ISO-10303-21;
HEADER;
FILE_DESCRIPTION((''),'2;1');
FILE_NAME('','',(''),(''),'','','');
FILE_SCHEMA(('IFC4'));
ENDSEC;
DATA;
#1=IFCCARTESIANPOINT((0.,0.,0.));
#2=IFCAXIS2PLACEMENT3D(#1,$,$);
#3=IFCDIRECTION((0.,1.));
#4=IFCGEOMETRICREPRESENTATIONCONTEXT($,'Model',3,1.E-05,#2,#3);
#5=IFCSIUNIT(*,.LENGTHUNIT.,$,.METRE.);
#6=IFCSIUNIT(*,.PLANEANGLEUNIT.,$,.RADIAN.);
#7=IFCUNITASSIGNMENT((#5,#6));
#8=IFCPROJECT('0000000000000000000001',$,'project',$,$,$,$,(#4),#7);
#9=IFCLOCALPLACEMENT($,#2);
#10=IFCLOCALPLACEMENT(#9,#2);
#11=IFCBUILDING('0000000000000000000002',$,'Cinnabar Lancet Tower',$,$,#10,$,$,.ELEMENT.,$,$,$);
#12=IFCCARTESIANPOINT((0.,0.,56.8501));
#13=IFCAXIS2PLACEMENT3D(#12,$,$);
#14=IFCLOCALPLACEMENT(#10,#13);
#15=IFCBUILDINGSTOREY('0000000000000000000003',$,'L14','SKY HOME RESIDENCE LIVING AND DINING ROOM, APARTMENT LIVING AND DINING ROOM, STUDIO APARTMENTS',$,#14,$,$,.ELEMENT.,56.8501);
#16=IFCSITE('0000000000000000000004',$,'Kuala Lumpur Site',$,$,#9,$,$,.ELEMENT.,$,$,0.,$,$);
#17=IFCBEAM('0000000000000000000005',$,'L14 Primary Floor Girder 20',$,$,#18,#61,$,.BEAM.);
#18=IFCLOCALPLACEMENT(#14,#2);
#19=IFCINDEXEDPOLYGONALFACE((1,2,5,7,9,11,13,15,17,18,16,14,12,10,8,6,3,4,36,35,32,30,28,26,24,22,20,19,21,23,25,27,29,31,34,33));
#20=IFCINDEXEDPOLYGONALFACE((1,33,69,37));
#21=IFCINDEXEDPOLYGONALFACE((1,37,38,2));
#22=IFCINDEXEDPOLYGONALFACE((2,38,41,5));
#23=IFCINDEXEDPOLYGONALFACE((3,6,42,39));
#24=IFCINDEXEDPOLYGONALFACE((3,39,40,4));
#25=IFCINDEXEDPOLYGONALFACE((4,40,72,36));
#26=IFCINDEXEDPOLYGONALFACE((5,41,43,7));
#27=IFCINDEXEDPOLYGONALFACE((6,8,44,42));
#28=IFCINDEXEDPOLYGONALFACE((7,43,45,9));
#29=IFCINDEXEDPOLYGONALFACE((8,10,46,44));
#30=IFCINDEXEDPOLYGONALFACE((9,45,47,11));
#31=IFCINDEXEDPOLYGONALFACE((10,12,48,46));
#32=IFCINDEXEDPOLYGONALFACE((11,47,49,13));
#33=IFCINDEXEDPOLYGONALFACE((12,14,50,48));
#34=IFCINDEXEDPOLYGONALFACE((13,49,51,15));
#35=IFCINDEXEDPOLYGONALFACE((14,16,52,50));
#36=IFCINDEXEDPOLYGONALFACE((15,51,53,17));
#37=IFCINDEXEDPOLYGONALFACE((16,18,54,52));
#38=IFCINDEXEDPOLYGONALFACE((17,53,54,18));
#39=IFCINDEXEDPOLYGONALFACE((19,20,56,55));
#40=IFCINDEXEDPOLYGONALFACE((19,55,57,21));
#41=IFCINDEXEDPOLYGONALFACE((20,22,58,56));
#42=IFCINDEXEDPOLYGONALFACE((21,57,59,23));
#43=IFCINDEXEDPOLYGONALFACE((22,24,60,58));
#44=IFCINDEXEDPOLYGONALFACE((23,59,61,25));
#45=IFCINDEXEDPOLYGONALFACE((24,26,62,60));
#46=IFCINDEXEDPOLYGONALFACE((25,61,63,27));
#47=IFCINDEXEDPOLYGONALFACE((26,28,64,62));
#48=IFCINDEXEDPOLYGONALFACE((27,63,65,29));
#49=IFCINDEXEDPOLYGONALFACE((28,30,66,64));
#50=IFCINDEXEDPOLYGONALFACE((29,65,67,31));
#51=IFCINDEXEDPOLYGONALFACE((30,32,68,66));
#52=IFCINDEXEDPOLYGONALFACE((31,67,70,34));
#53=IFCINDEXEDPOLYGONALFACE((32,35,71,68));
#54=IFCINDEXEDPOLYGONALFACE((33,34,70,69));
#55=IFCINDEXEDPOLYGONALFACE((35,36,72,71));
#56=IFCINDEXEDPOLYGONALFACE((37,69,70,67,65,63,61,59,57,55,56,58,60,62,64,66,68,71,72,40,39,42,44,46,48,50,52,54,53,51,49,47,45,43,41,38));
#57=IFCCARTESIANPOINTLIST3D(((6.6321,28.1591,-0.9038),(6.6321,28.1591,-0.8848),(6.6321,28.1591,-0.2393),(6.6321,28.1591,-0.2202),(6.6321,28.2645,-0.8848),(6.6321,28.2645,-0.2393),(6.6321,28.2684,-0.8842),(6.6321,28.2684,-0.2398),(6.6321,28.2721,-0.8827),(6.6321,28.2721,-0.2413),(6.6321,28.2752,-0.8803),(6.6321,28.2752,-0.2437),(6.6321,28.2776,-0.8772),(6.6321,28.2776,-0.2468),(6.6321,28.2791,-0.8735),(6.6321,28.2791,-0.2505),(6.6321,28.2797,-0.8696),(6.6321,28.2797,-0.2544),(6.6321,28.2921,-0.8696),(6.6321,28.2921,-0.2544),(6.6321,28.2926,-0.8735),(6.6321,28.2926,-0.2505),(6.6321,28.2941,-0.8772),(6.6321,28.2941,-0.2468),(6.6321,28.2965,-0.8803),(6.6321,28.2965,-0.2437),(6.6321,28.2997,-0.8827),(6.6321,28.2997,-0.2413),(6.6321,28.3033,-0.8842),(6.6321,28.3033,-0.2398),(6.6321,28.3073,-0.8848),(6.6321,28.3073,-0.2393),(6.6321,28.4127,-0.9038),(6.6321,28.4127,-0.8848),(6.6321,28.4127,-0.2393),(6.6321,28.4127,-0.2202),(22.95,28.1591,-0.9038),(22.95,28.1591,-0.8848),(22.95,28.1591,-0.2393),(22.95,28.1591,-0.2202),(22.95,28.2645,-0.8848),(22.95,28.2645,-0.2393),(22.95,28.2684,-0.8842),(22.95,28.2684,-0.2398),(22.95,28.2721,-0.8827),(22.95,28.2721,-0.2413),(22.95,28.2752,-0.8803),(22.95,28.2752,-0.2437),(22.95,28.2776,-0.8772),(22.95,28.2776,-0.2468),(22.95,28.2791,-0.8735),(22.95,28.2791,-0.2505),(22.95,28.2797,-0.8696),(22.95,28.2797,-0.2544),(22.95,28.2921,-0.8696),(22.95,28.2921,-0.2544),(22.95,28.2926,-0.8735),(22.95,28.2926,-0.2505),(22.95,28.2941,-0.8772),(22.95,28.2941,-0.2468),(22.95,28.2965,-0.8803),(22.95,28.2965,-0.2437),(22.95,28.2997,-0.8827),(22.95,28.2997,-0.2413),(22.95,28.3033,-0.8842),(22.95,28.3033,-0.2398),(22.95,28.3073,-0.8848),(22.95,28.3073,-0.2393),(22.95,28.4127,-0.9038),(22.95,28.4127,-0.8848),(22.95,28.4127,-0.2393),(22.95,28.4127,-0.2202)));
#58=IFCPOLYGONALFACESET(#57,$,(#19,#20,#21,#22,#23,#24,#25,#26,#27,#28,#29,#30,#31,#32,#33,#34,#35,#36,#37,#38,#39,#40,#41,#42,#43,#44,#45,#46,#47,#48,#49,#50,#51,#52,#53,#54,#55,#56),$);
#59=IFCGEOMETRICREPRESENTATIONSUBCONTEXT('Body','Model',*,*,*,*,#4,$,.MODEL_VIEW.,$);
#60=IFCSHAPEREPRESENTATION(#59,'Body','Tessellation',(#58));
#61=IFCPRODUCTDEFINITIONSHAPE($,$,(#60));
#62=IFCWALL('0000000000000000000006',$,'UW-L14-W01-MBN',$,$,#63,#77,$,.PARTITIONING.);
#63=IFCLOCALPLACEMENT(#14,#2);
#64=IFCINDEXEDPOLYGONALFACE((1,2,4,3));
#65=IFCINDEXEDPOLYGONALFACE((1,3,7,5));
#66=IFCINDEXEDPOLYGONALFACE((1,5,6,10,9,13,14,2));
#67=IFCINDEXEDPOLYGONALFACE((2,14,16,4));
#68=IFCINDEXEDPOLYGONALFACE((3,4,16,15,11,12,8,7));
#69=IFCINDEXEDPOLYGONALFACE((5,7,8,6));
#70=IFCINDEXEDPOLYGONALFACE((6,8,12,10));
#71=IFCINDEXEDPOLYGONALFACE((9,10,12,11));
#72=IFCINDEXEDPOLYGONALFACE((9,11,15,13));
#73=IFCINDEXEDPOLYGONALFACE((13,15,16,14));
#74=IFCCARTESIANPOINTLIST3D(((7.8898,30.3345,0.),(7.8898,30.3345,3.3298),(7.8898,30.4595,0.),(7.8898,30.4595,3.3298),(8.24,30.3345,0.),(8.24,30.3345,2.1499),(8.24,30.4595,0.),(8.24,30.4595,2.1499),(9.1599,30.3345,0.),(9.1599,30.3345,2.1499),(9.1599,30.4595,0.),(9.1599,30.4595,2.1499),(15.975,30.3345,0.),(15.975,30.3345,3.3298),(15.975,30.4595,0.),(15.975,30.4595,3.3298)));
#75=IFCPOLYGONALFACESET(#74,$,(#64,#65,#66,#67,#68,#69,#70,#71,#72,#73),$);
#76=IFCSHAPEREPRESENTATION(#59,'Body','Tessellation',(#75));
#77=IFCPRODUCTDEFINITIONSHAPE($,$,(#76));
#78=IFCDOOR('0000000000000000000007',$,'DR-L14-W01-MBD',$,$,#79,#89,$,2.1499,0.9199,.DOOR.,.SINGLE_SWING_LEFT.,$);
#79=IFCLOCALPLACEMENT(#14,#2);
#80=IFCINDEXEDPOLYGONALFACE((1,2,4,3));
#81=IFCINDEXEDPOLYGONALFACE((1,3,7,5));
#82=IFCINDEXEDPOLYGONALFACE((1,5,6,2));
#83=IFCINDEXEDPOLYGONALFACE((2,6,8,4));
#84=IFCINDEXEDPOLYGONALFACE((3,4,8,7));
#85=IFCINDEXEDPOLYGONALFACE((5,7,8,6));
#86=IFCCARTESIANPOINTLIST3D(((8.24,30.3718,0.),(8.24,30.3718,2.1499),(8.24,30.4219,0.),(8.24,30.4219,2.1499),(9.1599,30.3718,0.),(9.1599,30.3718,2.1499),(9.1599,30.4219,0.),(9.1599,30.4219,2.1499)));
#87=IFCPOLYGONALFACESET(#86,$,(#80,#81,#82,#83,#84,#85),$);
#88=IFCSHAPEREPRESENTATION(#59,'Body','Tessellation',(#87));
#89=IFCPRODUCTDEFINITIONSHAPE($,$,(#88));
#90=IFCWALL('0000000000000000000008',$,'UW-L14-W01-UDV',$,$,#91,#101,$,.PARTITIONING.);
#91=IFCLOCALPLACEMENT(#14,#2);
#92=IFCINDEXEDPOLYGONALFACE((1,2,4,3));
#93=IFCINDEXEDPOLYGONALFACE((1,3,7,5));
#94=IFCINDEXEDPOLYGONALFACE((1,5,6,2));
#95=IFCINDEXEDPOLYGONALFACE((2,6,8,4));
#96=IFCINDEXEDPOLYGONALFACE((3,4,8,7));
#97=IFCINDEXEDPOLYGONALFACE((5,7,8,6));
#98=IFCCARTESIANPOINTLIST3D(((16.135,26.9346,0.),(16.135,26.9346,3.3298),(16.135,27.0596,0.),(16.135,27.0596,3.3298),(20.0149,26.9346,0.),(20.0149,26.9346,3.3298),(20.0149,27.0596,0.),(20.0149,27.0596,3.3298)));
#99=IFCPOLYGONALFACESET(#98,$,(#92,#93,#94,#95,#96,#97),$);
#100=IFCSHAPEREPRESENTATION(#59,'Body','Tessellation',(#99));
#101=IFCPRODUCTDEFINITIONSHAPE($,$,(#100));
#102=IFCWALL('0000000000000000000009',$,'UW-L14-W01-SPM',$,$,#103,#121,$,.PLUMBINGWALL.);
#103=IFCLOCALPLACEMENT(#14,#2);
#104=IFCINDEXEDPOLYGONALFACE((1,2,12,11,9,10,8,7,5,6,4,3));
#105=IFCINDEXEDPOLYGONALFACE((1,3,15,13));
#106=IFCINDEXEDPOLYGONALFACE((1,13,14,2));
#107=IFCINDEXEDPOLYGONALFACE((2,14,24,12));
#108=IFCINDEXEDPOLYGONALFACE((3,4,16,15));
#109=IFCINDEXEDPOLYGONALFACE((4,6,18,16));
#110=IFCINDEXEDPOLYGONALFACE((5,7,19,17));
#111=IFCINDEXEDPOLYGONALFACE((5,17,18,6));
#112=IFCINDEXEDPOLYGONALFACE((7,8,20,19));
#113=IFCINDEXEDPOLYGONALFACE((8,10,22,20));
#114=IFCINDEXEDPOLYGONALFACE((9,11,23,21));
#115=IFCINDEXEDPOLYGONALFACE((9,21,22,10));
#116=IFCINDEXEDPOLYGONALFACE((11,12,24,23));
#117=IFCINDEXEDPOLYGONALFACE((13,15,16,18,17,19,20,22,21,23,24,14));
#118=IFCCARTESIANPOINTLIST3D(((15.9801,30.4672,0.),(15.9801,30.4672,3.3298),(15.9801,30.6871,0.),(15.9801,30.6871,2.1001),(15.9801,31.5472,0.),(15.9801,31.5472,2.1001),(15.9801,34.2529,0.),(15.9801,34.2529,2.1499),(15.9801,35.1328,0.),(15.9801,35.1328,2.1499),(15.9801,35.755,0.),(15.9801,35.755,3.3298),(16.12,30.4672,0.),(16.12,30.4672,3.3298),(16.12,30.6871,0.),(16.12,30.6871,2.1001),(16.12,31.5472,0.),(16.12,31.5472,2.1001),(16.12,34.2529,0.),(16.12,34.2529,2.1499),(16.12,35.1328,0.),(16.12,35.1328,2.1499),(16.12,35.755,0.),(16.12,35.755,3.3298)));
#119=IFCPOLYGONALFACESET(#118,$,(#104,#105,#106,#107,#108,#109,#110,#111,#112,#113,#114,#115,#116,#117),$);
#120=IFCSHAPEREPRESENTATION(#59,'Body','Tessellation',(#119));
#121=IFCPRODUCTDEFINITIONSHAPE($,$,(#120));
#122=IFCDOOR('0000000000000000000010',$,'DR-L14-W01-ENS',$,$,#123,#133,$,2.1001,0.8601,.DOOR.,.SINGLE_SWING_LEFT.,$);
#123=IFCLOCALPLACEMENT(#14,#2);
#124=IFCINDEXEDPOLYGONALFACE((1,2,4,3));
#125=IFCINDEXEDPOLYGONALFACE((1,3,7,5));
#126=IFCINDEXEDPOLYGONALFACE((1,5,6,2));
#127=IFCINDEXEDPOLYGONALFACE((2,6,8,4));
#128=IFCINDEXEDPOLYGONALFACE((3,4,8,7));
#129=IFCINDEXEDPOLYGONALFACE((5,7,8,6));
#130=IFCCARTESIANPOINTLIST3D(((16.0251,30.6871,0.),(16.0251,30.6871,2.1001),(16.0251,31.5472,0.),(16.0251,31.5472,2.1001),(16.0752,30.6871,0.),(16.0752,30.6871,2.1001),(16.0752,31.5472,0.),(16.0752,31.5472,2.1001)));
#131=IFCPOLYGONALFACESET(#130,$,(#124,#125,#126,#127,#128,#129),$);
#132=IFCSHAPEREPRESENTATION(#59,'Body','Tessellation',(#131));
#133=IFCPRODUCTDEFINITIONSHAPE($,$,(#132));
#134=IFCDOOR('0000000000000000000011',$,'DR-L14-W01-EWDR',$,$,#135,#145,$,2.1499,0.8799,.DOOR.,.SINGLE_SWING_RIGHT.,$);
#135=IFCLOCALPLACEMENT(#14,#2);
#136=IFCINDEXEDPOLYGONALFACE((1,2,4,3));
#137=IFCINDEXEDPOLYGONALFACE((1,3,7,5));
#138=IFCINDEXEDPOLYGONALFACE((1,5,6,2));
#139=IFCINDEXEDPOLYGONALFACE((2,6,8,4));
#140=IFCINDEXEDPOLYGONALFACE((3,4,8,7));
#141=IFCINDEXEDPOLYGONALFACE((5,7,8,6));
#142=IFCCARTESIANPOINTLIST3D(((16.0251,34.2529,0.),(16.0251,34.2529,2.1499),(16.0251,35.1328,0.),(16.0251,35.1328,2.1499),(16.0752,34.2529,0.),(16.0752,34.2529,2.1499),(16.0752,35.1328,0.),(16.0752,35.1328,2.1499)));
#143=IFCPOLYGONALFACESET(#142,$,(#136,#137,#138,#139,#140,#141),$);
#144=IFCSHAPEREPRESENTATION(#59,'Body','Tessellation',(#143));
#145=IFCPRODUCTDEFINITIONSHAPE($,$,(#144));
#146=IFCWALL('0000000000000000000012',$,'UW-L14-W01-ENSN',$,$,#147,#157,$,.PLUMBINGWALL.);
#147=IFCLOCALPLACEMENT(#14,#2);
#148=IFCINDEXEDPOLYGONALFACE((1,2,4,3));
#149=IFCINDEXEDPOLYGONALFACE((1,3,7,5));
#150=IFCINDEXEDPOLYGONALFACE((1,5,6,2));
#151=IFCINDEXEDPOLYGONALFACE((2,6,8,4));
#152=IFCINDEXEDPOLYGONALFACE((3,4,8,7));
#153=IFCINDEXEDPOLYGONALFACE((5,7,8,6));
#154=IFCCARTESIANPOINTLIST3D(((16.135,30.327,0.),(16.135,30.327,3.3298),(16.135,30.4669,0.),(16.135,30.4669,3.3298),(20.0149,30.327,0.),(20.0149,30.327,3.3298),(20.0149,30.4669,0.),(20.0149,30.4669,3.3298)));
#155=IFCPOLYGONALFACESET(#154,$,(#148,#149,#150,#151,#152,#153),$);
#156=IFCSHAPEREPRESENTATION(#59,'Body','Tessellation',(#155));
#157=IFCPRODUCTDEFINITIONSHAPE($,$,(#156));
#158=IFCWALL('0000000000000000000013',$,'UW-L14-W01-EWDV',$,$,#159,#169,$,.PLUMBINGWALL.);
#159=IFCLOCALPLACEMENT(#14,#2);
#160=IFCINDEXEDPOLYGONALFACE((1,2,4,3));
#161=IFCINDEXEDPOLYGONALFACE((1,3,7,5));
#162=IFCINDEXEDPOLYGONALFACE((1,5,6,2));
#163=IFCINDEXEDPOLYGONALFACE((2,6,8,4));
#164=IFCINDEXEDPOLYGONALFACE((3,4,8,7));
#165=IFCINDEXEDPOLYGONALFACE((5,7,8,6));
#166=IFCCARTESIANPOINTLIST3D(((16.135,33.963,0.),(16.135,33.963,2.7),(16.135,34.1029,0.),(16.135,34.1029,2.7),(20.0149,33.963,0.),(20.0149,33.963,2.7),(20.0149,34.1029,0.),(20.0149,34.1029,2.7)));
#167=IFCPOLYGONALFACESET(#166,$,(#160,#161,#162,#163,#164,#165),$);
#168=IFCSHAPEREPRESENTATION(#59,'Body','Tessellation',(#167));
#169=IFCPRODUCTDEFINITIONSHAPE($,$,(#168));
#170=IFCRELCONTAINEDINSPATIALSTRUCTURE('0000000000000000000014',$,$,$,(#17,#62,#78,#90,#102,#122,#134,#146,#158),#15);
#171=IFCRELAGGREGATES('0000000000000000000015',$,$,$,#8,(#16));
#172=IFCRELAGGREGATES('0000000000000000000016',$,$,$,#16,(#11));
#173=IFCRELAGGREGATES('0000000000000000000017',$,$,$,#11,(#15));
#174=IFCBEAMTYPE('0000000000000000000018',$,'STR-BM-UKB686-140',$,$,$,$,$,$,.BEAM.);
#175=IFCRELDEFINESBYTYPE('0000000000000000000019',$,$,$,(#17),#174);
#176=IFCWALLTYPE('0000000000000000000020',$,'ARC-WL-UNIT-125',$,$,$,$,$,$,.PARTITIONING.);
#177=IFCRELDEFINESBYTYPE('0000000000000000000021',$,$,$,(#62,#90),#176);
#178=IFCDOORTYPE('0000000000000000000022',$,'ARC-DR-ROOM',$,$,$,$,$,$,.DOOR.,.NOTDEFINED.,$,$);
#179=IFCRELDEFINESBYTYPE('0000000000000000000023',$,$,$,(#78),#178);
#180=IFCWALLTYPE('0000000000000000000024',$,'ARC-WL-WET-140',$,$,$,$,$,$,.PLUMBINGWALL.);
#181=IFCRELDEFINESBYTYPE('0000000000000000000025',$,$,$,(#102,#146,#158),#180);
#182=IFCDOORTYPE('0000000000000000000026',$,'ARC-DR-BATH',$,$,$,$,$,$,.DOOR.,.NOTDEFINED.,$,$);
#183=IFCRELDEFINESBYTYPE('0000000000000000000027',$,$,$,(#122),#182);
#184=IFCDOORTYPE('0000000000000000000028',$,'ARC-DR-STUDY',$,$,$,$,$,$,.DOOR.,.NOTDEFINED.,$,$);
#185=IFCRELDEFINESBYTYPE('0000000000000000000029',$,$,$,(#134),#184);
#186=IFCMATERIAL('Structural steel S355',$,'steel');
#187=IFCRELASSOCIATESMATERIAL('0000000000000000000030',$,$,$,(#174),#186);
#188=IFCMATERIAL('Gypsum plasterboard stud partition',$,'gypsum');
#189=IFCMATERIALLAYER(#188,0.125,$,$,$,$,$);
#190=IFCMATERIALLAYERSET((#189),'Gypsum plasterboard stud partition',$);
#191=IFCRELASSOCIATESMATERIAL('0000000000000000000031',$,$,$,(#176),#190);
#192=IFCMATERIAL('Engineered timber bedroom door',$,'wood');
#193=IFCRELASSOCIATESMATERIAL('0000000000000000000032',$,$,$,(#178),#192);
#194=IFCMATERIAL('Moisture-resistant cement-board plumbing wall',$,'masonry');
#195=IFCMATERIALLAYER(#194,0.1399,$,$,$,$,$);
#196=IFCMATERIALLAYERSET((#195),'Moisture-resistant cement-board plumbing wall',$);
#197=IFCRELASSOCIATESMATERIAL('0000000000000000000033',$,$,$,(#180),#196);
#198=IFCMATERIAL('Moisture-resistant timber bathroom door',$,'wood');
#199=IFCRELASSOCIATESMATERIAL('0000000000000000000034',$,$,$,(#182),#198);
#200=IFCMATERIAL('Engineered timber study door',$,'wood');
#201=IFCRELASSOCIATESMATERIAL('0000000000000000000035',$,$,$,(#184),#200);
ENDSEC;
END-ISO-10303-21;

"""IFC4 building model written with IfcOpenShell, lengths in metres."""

from ifc_helpers import new_model, si_unit, direction, frame, frame_2d, origin, origin_2d, place, context, subcontext, project, spatial, rectangle, i_section, extrude, material, layer, layer_set, material_profile, profile_set, type_object, element, fill, save


model = new_model("IFC4")

# Units and contexts
model_context = context("Model", 3, precision=1e-05, world=origin(), true_north=direction((0.0, 1.0)))
body_context = subcontext(model_context, "Body", "Model", "MODEL_VIEW")
ifc_project = project(units=[si_unit("LENGTHUNIT", "METRE"), si_unit("PLANEANGLEUNIT", "RADIAN")], contexts=[model_context])

# Site, building, storey
site_placement = place(None, origin())
site = spatial("IfcSite", under=ifc_project, at=site_placement, Name="Kuala Lumpur Site", CompositionType="ELEMENT", RefElevation=0.0)
building_placement = place(site_placement, origin())
building = spatial("IfcBuilding", under=site, at=building_placement, Name="Cinnabar Lancet Tower", CompositionType="ELEMENT")
storey_placement = place(building_placement, frame((0.0, 0.0, 56.8501)))
storey = spatial("IfcBuildingStorey", under=building, at=storey_placement, Name="L14", Description="SKY HOME RESIDENCE LIVING AND DINING ROOM, APARTMENT LIVING AND DINING ROOM, STUDIO APARTMENTS", CompositionType="ELEMENT", Elevation=56.8501)

# Beam
ifc_material_1 = material(Name="Structural steel S355", Category="steel")
ifc_material_profile_1 = material_profile(ifc_material_1, i_section(OverallWidth=0.2537, OverallDepth=0.6836, WebThickness=0.0125, FlangeThickness=0.019, FilletRadius=0.0151, at=origin_2d()), Name="UKB 686x254x140")
ifc_profile_set_1 = profile_set([ifc_material_profile_1], Name="Structural steel S355")
beam_type_1 = type_object("IfcBeamType", Name="STR-BM-UKB686-140", PredefinedType="BEAM", material=ifc_profile_set_1)
beam_1_placement = place(storey_placement, frame((6.6321, 28.2859, -0.562), z_axis=(1.0, 0.0, 0.0), x_axis=(0.0, 1.0, 0.0)))
element("IfcBeam", 1, at=beam_1_placement, inside=storey, type_object=beam_type_1, Name="L14 Primary Floor Girder 20", PredefinedType="BEAM", context=body_context, shape_type="SweptSolid", body=[
    extrude(i_section(OverallWidth=0.2537, OverallDepth=0.6836, WebThickness=0.0125, FlangeThickness=0.019, FilletRadius=0.0151, at=origin_2d()), origin(), (0.0, 0.0, 1.0), 16.3179),
])

# Wall, opening, door
ifc_material_2 = material(Name="Gypsum plasterboard stud partition", Category="gypsum")
ifc_layer_1 = layer(ifc_material_2, 0.125)
ifc_layer_set_1 = layer_set([ifc_layer_1], Name="Gypsum plasterboard stud partition")
wall_type_1 = type_object("IfcWallType", Name="ARC-WL-UNIT-125", PredefinedType="PARTITIONING", material=ifc_layer_set_1)
wall_1_placement = place(storey_placement, frame((7.8899, 30.397, 0.0), z_axis=(0.0, 0.0, 1.0), x_axis=(1.0, 0.0, 0.0)))
wall_1 = element("IfcWall", 2, at=wall_1_placement, inside=storey, type_object=wall_type_1, Name="UW-L14-W01-MBN", PredefinedType="PARTITIONING", context=body_context, shape_type="SweptSolid", body=[
    extrude(rectangle(XDim=8.0852, YDim=0.125, at=frame_2d((4.0425, 0.0))), origin(), (0.0, 0.0, 1.0), 3.3298),
])
opening_1_placement = place(wall_1_placement, frame((0.3501, 0.0, 0.0)))
opening_1 = element("IfcOpeningElement", 3, at=opening_1_placement, cuts=wall_1, PredefinedType="OPENING", context=body_context, shape_type="SweptSolid", body=[
    extrude(rectangle(XDim=0.9199, YDim=2.1499, at=frame_2d((0.46, 1.075))), frame((0.0, 0.0725, 0.0), z_axis=(0.0, -1.0, 0.0), x_axis=(1.0, 0.0, 0.0)), (0.0, 0.0, 1.0), 0.145),
])
ifc_material_3 = material(Name="Engineered timber bedroom door", Category="wood")
door_type_1 = type_object("IfcDoorType", Name="ARC-DR-ROOM", OperationType="NOTDEFINED", PredefinedType="DOOR", material=ifc_material_3)
door_1_placement = place(opening_1_placement, origin())
door_1 = element("IfcDoor", 4, at=door_1_placement, inside=storey, type_object=door_type_1, Name="DR-L14-W01-MBD", OperationType="SINGLE_SWING_LEFT", OverallHeight=2.1499, OverallWidth=0.9199, PredefinedType="DOOR", context=body_context, shape_type="SweptSolid", body=[
    extrude(rectangle(XDim=0.9199, YDim=2.1499, at=frame_2d((0.46, 1.075))), frame((0.0, 0.0249, 0.0), z_axis=(0.0, -1.0, 0.0), x_axis=(1.0, 0.0, 0.0)), (0.0, 0.0, 1.0), 0.05),
])
fill(opening_1, door_1)

# Wall
wall_2_placement = place(storey_placement, frame((16.135, 26.9971, 0.0), z_axis=(0.0, 0.0, 1.0), x_axis=(1.0, 0.0, 0.0)))
element("IfcWall", 5, at=wall_2_placement, inside=storey, type_object=wall_type_1, Name="UW-L14-W01-UDV", PredefinedType="PARTITIONING", context=body_context, shape_type="SweptSolid", body=[
    extrude(rectangle(XDim=3.8799, YDim=0.125, at=frame_2d((1.9399, 0.0))), origin(), (0.0, 0.0, 1.0), 3.3298),
])

# Wall, openings, doors
ifc_material_4 = material(Name="Moisture-resistant cement-board plumbing wall", Category="masonry")
ifc_layer_2 = layer(ifc_material_4, 0.1399)
ifc_layer_set_2 = layer_set([ifc_layer_2], Name="Moisture-resistant cement-board plumbing wall")
wall_type_2 = type_object("IfcWallType", Name="ARC-WL-WET-140", PredefinedType="PLUMBINGWALL", material=ifc_layer_set_2)
wall_3_placement = place(storey_placement, frame((16.05, 30.467, 0.0), z_axis=(0.0, 0.0, 1.0), x_axis=(0.0, 1.0, 0.0)))
wall_3 = element("IfcWall", 6, at=wall_3_placement, inside=storey, type_object=wall_type_2, Name="UW-L14-W01-SPM", PredefinedType="PLUMBINGWALL", context=body_context, shape_type="SweptSolid", body=[
    extrude(rectangle(XDim=5.2878, YDim=0.1399, at=frame_2d((2.644, 0.0))), origin(), (0.0, 0.0, 1.0), 3.3298),
])
opening_2_placement = place(wall_3_placement, frame((0.22, 0.0, 0.0)))
opening_2 = element("IfcOpeningElement", 7, at=opening_2_placement, cuts=wall_3, PredefinedType="OPENING", context=body_context, shape_type="SweptSolid", body=[
    extrude(rectangle(XDim=0.8601, YDim=2.1001, at=frame_2d((0.4302, 1.05))), frame((0.0, 0.0798, 0.0), z_axis=(0.0, -1.0, 0.0), x_axis=(1.0, 0.0, 0.0)), (0.0, 0.0, 1.0), 0.1599),
])
opening_3_placement = place(wall_3_placement, frame((3.7859, 0.0, 0.0)))
opening_3 = element("IfcOpeningElement", 8, at=opening_3_placement, cuts=wall_3, PredefinedType="OPENING", context=body_context, shape_type="SweptSolid", body=[
    extrude(rectangle(XDim=0.8799, YDim=2.1499, at=frame_2d((0.4399, 1.075))), frame((0.0, 0.0798, 0.0), z_axis=(0.0, -1.0, 0.0), x_axis=(1.0, 0.0, 0.0)), (0.0, 0.0, 1.0), 0.1599),
])
ifc_material_5 = material(Name="Moisture-resistant timber bathroom door", Category="wood")
door_type_2 = type_object("IfcDoorType", Name="ARC-DR-BATH", OperationType="NOTDEFINED", PredefinedType="DOOR", material=ifc_material_5)
door_2_placement = place(opening_2_placement, origin())
door_2 = element("IfcDoor", 9, at=door_2_placement, inside=storey, type_object=door_type_2, Name="DR-L14-W01-ENS", OperationType="SINGLE_SWING_LEFT", OverallHeight=2.1001, OverallWidth=0.8601, PredefinedType="DOOR", context=body_context, shape_type="SweptSolid", body=[
    extrude(rectangle(XDim=0.8601, YDim=2.1001, at=frame_2d((0.4302, 1.05))), frame((0.0, 0.0249, 0.0), z_axis=(0.0, -1.0, 0.0), x_axis=(1.0, 0.0, 0.0)), (0.0, 0.0, 1.0), 0.05),
])
fill(opening_2, door_2)
ifc_material_6 = material(Name="Engineered timber study door", Category="wood")
door_type_3 = type_object("IfcDoorType", Name="ARC-DR-STUDY", OperationType="NOTDEFINED", PredefinedType="DOOR", material=ifc_material_6)
door_3_placement = place(opening_3_placement, origin())
door_3 = element("IfcDoor", 10, at=door_3_placement, inside=storey, type_object=door_type_3, Name="DR-L14-W01-EWDR", OperationType="SINGLE_SWING_RIGHT", OverallHeight=2.1499, OverallWidth=0.8799, PredefinedType="DOOR", context=body_context, shape_type="SweptSolid", body=[
    extrude(rectangle(XDim=0.8799, YDim=2.1499, at=frame_2d((0.4399, 1.075))), frame((0.0, 0.0249, 0.0), z_axis=(0.0, -1.0, 0.0), x_axis=(1.0, 0.0, 0.0)), (0.0, 0.0, 1.0), 0.05),
])
fill(opening_3, door_3)

# Walls
wall_4_placement = place(storey_placement, frame((16.135, 30.397, 0.0), z_axis=(0.0, 0.0, 1.0), x_axis=(1.0, 0.0, 0.0)))
element("IfcWall", 11, at=wall_4_placement, inside=storey, type_object=wall_type_2, Name="UW-L14-W01-ENSN", PredefinedType="PLUMBINGWALL", context=body_context, shape_type="SweptSolid", body=[
    extrude(rectangle(XDim=3.8799, YDim=0.1399, at=frame_2d((1.9399, 0.0))), origin(), (0.0, 0.0, 1.0), 3.3298),
])
wall_5_placement = place(storey_placement, frame((16.135, 34.033, 0.0), z_axis=(0.0, 0.0, 1.0), x_axis=(1.0, 0.0, 0.0)))
element("IfcWall", 12, at=wall_5_placement, inside=storey, type_object=wall_type_2, Name="UW-L14-W01-EWDV", PredefinedType="PLUMBINGWALL", context=body_context, shape_type="SweptSolid", body=[
    extrude(rectangle(XDim=3.8799, YDim=0.1399, at=frame_2d((1.9399, 0.0))), origin(), (0.0, 0.0, 1.0), 2.7),
])

save(model, "model.ifc")
